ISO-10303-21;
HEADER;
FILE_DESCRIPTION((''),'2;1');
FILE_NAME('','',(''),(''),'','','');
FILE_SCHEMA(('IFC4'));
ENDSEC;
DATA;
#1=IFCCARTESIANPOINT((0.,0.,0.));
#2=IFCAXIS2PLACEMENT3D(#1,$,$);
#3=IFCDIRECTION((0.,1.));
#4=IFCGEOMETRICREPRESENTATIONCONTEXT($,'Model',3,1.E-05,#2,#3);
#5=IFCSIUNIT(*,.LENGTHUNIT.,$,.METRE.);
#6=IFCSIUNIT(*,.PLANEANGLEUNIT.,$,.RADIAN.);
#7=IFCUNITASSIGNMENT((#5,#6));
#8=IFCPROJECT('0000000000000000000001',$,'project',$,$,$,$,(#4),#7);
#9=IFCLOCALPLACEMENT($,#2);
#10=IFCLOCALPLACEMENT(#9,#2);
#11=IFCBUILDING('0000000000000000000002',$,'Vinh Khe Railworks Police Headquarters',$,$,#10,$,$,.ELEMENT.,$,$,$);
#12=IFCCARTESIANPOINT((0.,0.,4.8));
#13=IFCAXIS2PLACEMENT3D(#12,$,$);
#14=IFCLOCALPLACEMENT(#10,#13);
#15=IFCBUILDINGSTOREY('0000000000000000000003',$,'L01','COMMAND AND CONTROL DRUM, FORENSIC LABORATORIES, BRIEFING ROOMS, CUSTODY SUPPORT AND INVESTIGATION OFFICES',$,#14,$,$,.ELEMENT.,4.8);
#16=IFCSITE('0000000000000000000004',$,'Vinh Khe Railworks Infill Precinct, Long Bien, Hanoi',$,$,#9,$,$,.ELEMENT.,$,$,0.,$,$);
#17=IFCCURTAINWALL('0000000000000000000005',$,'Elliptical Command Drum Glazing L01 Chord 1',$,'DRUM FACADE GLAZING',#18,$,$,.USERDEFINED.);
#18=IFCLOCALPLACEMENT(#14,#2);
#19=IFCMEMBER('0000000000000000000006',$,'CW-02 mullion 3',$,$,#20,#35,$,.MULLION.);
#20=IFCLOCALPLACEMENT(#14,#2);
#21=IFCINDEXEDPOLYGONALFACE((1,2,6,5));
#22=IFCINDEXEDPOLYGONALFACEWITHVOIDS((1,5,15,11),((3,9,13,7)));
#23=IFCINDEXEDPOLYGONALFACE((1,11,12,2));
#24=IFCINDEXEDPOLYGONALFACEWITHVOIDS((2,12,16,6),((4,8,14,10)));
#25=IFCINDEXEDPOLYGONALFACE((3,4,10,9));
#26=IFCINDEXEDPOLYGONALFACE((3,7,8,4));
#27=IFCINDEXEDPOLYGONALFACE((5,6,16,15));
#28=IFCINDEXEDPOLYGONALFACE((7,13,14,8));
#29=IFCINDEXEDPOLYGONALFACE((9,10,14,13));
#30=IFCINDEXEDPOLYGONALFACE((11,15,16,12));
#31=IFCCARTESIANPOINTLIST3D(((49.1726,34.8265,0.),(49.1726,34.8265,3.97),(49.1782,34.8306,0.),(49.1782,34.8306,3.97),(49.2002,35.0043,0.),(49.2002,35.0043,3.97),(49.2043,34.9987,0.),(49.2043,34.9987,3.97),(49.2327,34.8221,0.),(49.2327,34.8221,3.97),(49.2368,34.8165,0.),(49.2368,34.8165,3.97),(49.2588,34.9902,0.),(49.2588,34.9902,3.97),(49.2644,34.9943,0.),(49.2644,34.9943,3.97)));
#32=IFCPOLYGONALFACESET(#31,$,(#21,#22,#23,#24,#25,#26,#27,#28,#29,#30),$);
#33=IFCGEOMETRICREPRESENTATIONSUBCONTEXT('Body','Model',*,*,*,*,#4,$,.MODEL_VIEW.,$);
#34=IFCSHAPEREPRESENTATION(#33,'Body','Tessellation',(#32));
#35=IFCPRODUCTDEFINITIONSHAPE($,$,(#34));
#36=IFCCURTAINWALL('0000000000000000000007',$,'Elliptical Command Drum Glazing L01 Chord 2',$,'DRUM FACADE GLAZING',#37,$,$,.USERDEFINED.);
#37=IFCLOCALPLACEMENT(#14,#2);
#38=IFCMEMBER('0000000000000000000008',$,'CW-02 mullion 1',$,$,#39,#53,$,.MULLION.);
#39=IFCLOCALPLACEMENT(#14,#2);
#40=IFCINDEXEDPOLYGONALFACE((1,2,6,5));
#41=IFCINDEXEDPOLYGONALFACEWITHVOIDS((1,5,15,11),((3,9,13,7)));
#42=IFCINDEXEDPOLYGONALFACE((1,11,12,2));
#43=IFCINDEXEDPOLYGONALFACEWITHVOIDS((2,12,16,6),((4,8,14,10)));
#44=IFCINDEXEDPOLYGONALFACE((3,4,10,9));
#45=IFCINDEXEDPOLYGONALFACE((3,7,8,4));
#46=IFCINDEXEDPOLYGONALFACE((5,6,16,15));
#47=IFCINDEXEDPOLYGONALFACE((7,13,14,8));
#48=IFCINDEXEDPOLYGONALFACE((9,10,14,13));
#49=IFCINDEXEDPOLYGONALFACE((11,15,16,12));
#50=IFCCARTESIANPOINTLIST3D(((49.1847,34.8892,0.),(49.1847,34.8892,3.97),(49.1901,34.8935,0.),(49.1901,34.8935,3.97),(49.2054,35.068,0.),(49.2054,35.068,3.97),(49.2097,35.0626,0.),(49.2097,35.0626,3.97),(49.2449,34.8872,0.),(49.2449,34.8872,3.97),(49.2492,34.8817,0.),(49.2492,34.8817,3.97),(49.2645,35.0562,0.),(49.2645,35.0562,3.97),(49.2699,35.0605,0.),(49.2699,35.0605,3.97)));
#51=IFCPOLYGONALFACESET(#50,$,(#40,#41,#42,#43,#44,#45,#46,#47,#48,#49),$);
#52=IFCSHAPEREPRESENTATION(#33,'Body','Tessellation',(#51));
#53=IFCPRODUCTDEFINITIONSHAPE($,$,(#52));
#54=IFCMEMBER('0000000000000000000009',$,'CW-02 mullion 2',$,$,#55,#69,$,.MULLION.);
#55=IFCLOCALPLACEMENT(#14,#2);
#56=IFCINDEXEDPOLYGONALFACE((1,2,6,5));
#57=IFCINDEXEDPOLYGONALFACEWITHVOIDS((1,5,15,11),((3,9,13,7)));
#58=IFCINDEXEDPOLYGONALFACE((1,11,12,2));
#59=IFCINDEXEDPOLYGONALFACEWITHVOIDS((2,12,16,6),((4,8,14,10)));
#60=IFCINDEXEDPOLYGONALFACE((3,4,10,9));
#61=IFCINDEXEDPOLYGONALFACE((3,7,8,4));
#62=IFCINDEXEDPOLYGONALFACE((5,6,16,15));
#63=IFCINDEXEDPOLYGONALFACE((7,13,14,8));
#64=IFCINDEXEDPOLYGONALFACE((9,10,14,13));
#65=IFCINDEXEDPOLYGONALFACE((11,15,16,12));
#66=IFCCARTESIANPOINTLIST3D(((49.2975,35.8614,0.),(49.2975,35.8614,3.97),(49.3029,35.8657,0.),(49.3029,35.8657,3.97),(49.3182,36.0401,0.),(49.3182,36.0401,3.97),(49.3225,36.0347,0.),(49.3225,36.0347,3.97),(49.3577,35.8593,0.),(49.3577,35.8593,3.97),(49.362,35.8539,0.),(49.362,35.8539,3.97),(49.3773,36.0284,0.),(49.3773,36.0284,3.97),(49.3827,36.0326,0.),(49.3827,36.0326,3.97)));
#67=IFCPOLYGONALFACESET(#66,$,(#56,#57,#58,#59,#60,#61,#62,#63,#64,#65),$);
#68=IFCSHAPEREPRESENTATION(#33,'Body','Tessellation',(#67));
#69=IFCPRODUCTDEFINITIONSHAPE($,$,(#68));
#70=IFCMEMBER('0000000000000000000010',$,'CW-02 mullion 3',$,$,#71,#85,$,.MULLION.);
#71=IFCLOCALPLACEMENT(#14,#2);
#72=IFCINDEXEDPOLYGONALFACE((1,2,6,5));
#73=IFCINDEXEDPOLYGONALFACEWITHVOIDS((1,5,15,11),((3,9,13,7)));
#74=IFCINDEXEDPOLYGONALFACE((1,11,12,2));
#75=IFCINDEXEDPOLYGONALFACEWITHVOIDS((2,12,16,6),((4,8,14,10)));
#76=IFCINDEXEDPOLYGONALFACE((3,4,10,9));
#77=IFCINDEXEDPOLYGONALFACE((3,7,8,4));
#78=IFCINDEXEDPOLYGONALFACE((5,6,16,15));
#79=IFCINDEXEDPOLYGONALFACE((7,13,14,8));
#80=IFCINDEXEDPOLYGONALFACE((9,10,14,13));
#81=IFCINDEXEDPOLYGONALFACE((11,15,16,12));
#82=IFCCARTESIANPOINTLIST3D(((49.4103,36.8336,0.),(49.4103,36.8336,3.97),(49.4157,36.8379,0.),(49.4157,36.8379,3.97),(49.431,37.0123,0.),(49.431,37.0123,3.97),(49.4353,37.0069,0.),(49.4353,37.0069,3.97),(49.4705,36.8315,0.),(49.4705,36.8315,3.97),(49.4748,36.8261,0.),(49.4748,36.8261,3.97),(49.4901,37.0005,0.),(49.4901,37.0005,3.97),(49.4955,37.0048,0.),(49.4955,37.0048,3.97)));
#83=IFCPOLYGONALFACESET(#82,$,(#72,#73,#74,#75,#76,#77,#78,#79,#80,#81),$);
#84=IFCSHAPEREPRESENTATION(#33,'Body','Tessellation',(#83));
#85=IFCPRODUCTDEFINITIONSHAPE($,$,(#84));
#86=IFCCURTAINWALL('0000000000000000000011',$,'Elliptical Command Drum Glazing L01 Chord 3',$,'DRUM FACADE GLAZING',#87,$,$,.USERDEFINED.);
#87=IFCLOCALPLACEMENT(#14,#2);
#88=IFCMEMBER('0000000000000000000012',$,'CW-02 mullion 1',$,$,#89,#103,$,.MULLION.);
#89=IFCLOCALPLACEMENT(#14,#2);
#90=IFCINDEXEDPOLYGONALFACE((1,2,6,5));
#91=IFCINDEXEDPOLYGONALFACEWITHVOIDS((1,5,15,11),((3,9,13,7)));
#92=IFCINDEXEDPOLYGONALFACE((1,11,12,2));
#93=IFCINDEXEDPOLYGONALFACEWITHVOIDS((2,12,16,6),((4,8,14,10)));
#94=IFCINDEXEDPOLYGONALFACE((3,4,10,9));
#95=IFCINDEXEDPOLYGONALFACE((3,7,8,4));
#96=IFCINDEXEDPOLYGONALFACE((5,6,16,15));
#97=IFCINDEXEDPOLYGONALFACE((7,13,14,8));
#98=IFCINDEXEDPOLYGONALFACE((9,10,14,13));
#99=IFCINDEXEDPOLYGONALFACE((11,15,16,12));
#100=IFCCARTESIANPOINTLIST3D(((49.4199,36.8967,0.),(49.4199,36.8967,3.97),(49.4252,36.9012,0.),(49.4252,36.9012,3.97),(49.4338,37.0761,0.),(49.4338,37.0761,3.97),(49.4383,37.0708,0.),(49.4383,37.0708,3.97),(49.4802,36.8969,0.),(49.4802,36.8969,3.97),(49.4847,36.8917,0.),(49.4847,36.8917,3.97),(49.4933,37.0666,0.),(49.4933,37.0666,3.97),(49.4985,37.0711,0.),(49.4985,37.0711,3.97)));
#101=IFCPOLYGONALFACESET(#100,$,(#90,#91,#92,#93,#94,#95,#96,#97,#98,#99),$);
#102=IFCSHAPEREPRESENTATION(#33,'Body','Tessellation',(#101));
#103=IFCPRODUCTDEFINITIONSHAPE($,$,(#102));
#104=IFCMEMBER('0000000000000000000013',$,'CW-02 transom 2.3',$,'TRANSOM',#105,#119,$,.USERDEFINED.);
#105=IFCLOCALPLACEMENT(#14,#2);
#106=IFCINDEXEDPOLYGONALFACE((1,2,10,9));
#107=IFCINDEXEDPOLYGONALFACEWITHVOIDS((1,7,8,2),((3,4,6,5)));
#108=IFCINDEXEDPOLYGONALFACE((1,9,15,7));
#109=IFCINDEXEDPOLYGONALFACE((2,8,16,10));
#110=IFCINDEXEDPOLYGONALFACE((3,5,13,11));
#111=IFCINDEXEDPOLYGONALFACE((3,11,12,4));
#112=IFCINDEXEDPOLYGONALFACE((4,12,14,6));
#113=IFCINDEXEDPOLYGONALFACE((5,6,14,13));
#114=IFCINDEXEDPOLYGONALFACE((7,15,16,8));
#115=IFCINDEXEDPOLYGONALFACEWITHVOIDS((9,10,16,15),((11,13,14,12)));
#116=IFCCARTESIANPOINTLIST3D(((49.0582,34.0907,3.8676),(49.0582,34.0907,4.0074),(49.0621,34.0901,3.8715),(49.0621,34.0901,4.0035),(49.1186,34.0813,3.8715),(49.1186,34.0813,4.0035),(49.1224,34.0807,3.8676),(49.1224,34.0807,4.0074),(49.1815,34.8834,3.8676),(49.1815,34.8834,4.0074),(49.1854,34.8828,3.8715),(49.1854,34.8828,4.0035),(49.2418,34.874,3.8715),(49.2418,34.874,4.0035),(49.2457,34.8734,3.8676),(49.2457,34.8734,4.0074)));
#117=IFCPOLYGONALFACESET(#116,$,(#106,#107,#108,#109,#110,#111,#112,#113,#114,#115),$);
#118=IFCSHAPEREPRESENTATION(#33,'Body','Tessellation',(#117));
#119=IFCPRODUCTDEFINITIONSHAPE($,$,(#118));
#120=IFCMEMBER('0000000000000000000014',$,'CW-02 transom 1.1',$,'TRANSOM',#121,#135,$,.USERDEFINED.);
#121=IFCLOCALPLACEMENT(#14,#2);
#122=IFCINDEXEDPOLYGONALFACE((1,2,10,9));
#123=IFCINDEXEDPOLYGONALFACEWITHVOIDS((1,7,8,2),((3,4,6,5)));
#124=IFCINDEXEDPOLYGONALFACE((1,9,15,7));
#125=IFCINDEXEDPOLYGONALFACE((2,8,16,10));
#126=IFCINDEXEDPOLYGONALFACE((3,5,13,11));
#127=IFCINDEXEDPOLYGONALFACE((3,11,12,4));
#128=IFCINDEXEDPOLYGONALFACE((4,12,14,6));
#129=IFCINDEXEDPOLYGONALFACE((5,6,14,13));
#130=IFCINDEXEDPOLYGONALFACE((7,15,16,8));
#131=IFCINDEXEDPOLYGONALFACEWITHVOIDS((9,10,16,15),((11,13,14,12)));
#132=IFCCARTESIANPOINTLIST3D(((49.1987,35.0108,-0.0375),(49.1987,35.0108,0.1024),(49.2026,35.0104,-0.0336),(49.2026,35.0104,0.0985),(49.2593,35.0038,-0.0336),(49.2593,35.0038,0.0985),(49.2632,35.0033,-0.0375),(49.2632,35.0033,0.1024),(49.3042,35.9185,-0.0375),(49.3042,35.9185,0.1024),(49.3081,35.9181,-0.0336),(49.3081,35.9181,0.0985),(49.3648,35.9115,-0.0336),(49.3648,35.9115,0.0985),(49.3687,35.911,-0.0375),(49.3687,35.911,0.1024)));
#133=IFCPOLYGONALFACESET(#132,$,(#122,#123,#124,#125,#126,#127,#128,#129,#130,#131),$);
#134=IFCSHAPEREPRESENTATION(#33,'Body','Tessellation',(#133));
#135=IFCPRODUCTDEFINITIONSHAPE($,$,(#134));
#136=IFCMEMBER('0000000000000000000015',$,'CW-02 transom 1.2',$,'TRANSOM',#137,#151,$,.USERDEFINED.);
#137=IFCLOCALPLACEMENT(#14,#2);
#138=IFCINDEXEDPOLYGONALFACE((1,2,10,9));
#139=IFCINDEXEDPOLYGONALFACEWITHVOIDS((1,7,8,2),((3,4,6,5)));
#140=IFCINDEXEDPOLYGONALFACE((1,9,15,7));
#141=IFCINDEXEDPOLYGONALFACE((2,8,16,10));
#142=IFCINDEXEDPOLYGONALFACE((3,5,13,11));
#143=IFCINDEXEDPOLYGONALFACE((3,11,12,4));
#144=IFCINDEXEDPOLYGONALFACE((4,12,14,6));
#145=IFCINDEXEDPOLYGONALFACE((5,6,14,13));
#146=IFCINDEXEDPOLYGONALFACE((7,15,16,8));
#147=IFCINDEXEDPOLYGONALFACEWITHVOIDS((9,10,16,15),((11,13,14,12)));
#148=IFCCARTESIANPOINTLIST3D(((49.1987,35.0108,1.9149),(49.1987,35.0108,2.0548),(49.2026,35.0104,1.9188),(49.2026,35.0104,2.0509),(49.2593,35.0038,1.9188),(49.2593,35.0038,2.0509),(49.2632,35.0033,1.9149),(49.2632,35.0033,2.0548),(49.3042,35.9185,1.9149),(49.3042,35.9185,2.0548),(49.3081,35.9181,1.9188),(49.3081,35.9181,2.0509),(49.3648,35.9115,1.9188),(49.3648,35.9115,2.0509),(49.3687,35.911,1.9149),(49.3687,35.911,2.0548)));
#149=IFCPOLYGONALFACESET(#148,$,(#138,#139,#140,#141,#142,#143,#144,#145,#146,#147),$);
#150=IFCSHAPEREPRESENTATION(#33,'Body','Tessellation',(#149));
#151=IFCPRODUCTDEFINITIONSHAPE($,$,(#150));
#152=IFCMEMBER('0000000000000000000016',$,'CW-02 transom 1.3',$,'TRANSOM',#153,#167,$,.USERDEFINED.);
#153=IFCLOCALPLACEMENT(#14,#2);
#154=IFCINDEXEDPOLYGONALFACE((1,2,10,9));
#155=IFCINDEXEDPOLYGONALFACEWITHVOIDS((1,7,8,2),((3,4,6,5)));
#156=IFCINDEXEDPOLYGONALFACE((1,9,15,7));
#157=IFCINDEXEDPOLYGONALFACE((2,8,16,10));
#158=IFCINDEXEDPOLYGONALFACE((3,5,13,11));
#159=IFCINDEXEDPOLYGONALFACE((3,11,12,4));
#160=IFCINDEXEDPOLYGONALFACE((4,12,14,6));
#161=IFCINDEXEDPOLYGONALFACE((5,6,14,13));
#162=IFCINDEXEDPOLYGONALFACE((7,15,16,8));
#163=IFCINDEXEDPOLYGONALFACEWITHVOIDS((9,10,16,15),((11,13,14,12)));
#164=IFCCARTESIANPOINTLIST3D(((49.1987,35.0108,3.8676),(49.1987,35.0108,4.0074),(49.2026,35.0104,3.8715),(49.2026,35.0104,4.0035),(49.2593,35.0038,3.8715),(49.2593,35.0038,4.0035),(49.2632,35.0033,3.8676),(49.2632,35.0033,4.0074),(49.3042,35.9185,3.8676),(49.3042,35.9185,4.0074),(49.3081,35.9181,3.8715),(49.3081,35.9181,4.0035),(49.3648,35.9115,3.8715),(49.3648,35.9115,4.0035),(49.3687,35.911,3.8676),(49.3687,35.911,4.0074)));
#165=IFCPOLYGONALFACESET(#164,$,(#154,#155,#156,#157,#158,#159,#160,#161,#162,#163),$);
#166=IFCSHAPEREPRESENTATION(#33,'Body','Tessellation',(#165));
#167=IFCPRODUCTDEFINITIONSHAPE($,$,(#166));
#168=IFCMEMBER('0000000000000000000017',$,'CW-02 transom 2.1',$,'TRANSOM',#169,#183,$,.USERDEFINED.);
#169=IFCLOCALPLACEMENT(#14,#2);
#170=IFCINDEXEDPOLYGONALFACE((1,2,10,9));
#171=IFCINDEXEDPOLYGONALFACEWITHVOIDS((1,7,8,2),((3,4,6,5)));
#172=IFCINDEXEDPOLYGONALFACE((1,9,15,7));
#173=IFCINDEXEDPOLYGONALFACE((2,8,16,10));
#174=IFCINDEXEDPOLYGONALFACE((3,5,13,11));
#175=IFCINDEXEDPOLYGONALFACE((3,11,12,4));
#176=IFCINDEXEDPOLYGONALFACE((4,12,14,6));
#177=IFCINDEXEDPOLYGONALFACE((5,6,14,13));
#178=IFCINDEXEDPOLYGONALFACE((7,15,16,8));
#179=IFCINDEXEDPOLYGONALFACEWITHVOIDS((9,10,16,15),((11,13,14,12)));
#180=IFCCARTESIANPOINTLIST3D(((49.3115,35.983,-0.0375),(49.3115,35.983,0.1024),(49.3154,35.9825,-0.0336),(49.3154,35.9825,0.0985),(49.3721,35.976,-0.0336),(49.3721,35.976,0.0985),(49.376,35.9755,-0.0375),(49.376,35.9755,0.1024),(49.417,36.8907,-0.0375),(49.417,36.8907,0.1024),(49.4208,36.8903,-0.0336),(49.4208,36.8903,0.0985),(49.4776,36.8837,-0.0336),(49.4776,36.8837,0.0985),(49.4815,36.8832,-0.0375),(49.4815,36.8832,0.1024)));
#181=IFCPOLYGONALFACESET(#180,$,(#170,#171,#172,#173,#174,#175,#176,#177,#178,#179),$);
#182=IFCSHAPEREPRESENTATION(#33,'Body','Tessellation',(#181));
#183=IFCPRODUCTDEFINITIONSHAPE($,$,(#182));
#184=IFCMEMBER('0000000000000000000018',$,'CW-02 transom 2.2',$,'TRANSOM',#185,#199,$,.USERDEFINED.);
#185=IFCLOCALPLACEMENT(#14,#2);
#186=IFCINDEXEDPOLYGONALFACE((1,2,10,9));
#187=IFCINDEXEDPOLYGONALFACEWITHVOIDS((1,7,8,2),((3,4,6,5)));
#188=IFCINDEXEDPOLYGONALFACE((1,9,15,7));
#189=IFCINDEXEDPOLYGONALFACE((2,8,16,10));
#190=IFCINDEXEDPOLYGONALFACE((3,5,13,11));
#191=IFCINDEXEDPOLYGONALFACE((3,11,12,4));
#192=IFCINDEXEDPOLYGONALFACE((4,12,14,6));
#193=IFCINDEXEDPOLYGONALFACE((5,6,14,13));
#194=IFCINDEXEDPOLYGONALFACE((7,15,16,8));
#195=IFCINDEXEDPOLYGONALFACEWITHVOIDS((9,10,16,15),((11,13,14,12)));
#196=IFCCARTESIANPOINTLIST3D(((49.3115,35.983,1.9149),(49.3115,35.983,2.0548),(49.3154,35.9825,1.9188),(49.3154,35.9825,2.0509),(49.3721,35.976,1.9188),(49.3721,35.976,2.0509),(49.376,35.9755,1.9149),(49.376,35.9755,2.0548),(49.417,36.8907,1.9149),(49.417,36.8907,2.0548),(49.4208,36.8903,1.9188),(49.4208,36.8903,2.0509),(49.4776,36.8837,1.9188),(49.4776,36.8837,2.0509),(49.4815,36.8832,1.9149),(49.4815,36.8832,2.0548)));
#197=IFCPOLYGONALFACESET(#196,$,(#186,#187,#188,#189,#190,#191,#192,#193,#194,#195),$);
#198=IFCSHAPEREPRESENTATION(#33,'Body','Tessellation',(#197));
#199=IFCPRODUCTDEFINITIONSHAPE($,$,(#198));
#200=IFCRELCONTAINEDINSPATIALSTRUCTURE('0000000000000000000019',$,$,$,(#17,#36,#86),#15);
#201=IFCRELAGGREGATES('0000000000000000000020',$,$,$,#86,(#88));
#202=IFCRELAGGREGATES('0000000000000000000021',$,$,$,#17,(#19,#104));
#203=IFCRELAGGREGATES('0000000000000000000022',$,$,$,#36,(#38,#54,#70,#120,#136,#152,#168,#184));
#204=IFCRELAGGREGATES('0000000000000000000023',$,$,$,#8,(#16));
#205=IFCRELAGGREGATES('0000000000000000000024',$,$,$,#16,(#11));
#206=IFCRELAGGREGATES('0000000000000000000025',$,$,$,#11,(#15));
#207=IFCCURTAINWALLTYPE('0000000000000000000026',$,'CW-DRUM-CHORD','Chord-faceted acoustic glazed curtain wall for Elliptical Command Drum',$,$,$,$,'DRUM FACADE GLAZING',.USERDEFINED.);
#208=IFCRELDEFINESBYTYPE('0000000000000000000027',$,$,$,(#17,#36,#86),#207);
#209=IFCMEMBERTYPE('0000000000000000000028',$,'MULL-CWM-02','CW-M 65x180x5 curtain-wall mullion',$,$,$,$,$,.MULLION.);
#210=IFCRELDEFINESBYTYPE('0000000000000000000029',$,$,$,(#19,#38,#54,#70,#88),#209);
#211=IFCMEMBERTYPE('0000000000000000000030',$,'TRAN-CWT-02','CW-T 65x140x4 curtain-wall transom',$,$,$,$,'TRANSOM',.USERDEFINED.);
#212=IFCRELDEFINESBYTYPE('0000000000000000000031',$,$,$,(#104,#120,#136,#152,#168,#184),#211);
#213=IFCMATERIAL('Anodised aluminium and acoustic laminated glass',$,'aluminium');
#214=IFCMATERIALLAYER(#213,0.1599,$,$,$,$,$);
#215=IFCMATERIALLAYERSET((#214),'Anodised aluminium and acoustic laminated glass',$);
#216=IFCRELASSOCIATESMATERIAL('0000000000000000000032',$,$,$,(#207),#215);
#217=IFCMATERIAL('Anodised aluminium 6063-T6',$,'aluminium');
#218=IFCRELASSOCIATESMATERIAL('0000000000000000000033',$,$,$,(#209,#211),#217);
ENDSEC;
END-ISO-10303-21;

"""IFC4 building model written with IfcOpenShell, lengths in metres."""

from ifc_helpers import new_model, si_unit, direction, frame, origin, origin_2d, place, context, subcontext, project, spatial, hollow_rectangle, extrude, material, layer, layer_set, material_profile, profile_set, type_object, element, aggregate, save


model = new_model("IFC4")

# Units and contexts
model_context = context("Model", 3, precision=1e-05, world=origin(), true_north=direction((0.0, 1.0)))
body_context = subcontext(model_context, "Body", "Model", "MODEL_VIEW")
ifc_project = project(units=[si_unit("LENGTHUNIT", "METRE"), si_unit("PLANEANGLEUNIT", "RADIAN")], contexts=[model_context])

# Site, building, storey
site_placement = place(None, origin())
site = spatial("IfcSite", under=ifc_project, at=site_placement, Name="Vinh Khe Railworks Infill Precinct, Long Bien, Hanoi", CompositionType="ELEMENT", RefElevation=0.0)
building_placement = place(site_placement, origin())
building = spatial("IfcBuilding", under=site, at=building_placement, Name="Vinh Khe Railworks Police Headquarters", CompositionType="ELEMENT")
storey_placement = place(building_placement, frame((0.0, 0.0, 4.8)))
storey = spatial("IfcBuildingStorey", under=building, at=storey_placement, Name="L01", Description="COMMAND AND CONTROL DRUM, FORENSIC LABORATORIES, BRIEFING ROOMS, CUSTODY SUPPORT AND INVESTIGATION OFFICES", CompositionType="ELEMENT", Elevation=4.8)

# Curtain wall, member
ifc_material_1 = material(Name="Anodised aluminium and acoustic laminated glass", Category="aluminium")
ifc_layer_1 = layer(ifc_material_1, 0.1599)
ifc_layer_set_1 = layer_set([ifc_layer_1], Name="Anodised aluminium and acoustic laminated glass")
curtain_wall_type = type_object("IfcCurtainWallType", Name="CW-DRUM-CHORD", Description="Chord-faceted acoustic glazed curtain wall for Elliptical Command Drum", ElementType="DRUM FACADE GLAZING", PredefinedType="USERDEFINED", material=ifc_layer_set_1)
curtain_wall_1_placement = place(storey_placement, origin())
curtain_wall_1 = element("IfcCurtainWall", 1, at=curtain_wall_1_placement, inside=storey, type_object=curtain_wall_type, Name="Elliptical Command Drum Glazing L01 Chord 1", ObjectType="DRUM FACADE GLAZING", PredefinedType="USERDEFINED")
ifc_material_2 = material(Name="Anodised aluminium 6063-T6", Category="aluminium")
ifc_material_profile_1 = material_profile(ifc_material_2, hollow_rectangle(XDim=0.0649, YDim=0.1799, WallThickness=0.0049, at=origin_2d()), Name="CW-M 65x180x5")
ifc_profile_set_1 = profile_set([ifc_material_profile_1], Name="Anodised aluminium 6063-T6")
member_type_1 = type_object("IfcMemberType", Name="MULL-CWM-02", Description="CW-M 65x180x5 curtain-wall mullion", PredefinedType="MULLION", material=ifc_profile_set_1)
member_1_placement = place(storey_placement, frame((49.2185, 34.9104, 0.0), z_axis=(0.0, 0.0, 1.0), x_axis=(-0.98815, 0.15349, 0.0)))
member_1 = element("IfcMember", 2, at=member_1_placement, type_object=member_type_1, Name="CW-02 mullion 3", PredefinedType="MULLION", context=body_context, shape_type="SweptSolid", body=[
    extrude(hollow_rectangle(XDim=0.0649, YDim=0.1799, WallThickness=0.0049, at=origin_2d()), origin(), (0.0, 0.0, 1.0), 3.97),
])

# Curtain wall, members
curtain_wall_2_placement = place(storey_placement, origin())
curtain_wall_2 = element("IfcCurtainWall", 3, at=curtain_wall_2_placement, inside=storey, type_object=curtain_wall_type, Name="Elliptical Command Drum Glazing L01 Chord 2", ObjectType="DRUM FACADE GLAZING", PredefinedType="USERDEFINED")
member_2_placement = place(storey_placement, frame((49.2273, 34.9749, 0.0), z_axis=(0.0, 0.0, 1.0), x_axis=(-0.993329, 0.115318, 0.0)))
member_2 = element("IfcMember", 4, at=member_2_placement, type_object=member_type_1, Name="CW-02 mullion 1", PredefinedType="MULLION", context=body_context, shape_type="SweptSolid", body=[
    extrude(hollow_rectangle(XDim=0.0649, YDim=0.1799, WallThickness=0.0049, at=origin_2d()), origin(), (0.0, 0.0, 1.0), 3.97),
])
member_3_placement = place(storey_placement, frame((49.3401, 35.947, 0.0), z_axis=(0.0, 0.0, 1.0), x_axis=(-0.993329, 0.115318, 0.0)))
member_3 = element("IfcMember", 5, at=member_3_placement, type_object=member_type_1, Name="CW-02 mullion 2", PredefinedType="MULLION", context=body_context, shape_type="SweptSolid", body=[
    extrude(hollow_rectangle(XDim=0.0649, YDim=0.1799, WallThickness=0.0049, at=origin_2d()), origin(), (0.0, 0.0, 1.0), 3.97),
])
member_4_placement = place(storey_placement, frame((49.4529, 36.9192, 0.0), z_axis=(0.0, 0.0, 1.0), x_axis=(-0.993329, 0.115318, 0.0)))
member_4 = element("IfcMember", 6, at=member_4_placement, type_object=member_type_1, Name="CW-02 mullion 3", PredefinedType="MULLION", context=body_context, shape_type="SweptSolid", body=[
    extrude(hollow_rectangle(XDim=0.0649, YDim=0.1799, WallThickness=0.0049, at=origin_2d()), origin(), (0.0, 0.0, 1.0), 3.97),
])

# Curtain wall, member
curtain_wall_3_placement = place(storey_placement, origin())
curtain_wall_3 = element("IfcCurtainWall", 7, at=curtain_wall_3_placement, inside=storey, type_object=curtain_wall_type, Name="Elliptical Command Drum Glazing L01 Chord 3", ObjectType="DRUM FACADE GLAZING", PredefinedType="USERDEFINED")
member_5_placement = place(storey_placement, frame((49.4592, 36.9839, 0.0), z_axis=(0.0, 0.0, 1.0), x_axis=(-0.997033, 0.076972, 0.0)))
member_5 = element("IfcMember", 8, at=member_5_placement, type_object=member_type_1, Name="CW-02 mullion 1", PredefinedType="MULLION", context=body_context, shape_type="SweptSolid", body=[
    extrude(hollow_rectangle(XDim=0.0649, YDim=0.1799, WallThickness=0.0049, at=origin_2d()), origin(), (0.0, 0.0, 1.0), 3.97),
])

# Members
ifc_material_profile_2 = material_profile(ifc_material_2, hollow_rectangle(XDim=0.0649, YDim=0.1399, WallThickness=0.0039, at=origin_2d()), Name="CW-T 65x140x4")
ifc_profile_set_2 = profile_set([ifc_material_profile_2], Name="Anodised aluminium 6063-T6")
member_type_2 = type_object("IfcMemberType", Name="TRAN-CWT-02", Description="CW-T 65x140x4 curtain-wall transom", ElementType="TRANSOM", PredefinedType="USERDEFINED", material=ifc_profile_set_2)
member_6_placement = place(storey_placement, frame((49.0903, 34.0857, 3.9375), z_axis=(0.153681, 0.988121, 0.0), x_axis=(-0.988121, 0.153681, 0.0)))
member_6 = element("IfcMember", 9, at=member_6_placement, type_object=member_type_2, Name="CW-02 transom 2.3", ObjectType="TRANSOM", PredefinedType="USERDEFINED", context=body_context, shape_type="SweptSolid", body=[
    extrude(hollow_rectangle(XDim=0.0649, YDim=0.1399, WallThickness=0.0039, at=origin_2d()), origin(), (0.0, 0.0, 1.0), 0.8022),
])
member_7_placement = place(storey_placement, frame((49.231, 35.0071, 0.0325), z_axis=(0.115415, 0.993317, 0.0), x_axis=(-0.993317, 0.115415, 0.0)))
member_7 = element("IfcMember", 10, at=member_7_placement, type_object=member_type_2, Name="CW-02 transom 1.1", ObjectType="TRANSOM", PredefinedType="USERDEFINED", context=body_context, shape_type="SweptSolid", body=[
    extrude(hollow_rectangle(XDim=0.0649, YDim=0.1399, WallThickness=0.0039, at=origin_2d()), origin(), (0.0, 0.0, 1.0), 0.9138),
])
member_8_placement = place(storey_placement, frame((49.231, 35.0071, 1.9849), z_axis=(0.115415, 0.993317, 0.0), x_axis=(-0.993317, 0.115415, 0.0)))
member_8 = element("IfcMember", 11, at=member_8_placement, type_object=member_type_2, Name="CW-02 transom 1.2", ObjectType="TRANSOM", PredefinedType="USERDEFINED", context=body_context, shape_type="SweptSolid", body=[
    extrude(hollow_rectangle(XDim=0.0649, YDim=0.1399, WallThickness=0.0039, at=origin_2d()), origin(), (0.0, 0.0, 1.0), 0.9138),
])
member_9_placement = place(storey_placement, frame((49.231, 35.0071, 3.9375), z_axis=(0.115415, 0.993317, 0.0), x_axis=(-0.993317, 0.115415, 0.0)))
member_9 = element("IfcMember", 12, at=member_9_placement, type_object=member_type_2, Name="CW-02 transom 1.3", ObjectType="TRANSOM", PredefinedType="USERDEFINED", context=body_context, shape_type="SweptSolid", body=[
    extrude(hollow_rectangle(XDim=0.0649, YDim=0.1399, WallThickness=0.0039, at=origin_2d()), origin(), (0.0, 0.0, 1.0), 0.9138),
])
member_10_placement = place(storey_placement, frame((49.3438, 35.9792, 0.0325), z_axis=(0.115415, 0.993317, 0.0), x_axis=(-0.993317, 0.115415, 0.0)))
member_10 = element("IfcMember", 13, at=member_10_placement, type_object=member_type_2, Name="CW-02 transom 2.1", ObjectType="TRANSOM", PredefinedType="USERDEFINED", context=body_context, shape_type="SweptSolid", body=[
    extrude(hollow_rectangle(XDim=0.0649, YDim=0.1399, WallThickness=0.0039, at=origin_2d()), origin(), (0.0, 0.0, 1.0), 0.9138),
])
member_11_placement = place(storey_placement, frame((49.3438, 35.9792, 1.9849), z_axis=(0.115415, 0.993317, 0.0), x_axis=(-0.993317, 0.115415, 0.0)))
member_11 = element("IfcMember", 14, at=member_11_placement, type_object=member_type_2, Name="CW-02 transom 2.2", ObjectType="TRANSOM", PredefinedType="USERDEFINED", context=body_context, shape_type="SweptSolid", body=[
    extrude(hollow_rectangle(XDim=0.0649, YDim=0.1399, WallThickness=0.0039, at=origin_2d()), origin(), (0.0, 0.0, 1.0), 0.9138),
])
aggregate(curtain_wall_3, [member_5])

aggregate(curtain_wall_1, [member_1, member_6])
aggregate(curtain_wall_2, [member_2, member_3, member_4, member_7, member_8, member_9, member_10, member_11])

save(model, "model.ifc")
